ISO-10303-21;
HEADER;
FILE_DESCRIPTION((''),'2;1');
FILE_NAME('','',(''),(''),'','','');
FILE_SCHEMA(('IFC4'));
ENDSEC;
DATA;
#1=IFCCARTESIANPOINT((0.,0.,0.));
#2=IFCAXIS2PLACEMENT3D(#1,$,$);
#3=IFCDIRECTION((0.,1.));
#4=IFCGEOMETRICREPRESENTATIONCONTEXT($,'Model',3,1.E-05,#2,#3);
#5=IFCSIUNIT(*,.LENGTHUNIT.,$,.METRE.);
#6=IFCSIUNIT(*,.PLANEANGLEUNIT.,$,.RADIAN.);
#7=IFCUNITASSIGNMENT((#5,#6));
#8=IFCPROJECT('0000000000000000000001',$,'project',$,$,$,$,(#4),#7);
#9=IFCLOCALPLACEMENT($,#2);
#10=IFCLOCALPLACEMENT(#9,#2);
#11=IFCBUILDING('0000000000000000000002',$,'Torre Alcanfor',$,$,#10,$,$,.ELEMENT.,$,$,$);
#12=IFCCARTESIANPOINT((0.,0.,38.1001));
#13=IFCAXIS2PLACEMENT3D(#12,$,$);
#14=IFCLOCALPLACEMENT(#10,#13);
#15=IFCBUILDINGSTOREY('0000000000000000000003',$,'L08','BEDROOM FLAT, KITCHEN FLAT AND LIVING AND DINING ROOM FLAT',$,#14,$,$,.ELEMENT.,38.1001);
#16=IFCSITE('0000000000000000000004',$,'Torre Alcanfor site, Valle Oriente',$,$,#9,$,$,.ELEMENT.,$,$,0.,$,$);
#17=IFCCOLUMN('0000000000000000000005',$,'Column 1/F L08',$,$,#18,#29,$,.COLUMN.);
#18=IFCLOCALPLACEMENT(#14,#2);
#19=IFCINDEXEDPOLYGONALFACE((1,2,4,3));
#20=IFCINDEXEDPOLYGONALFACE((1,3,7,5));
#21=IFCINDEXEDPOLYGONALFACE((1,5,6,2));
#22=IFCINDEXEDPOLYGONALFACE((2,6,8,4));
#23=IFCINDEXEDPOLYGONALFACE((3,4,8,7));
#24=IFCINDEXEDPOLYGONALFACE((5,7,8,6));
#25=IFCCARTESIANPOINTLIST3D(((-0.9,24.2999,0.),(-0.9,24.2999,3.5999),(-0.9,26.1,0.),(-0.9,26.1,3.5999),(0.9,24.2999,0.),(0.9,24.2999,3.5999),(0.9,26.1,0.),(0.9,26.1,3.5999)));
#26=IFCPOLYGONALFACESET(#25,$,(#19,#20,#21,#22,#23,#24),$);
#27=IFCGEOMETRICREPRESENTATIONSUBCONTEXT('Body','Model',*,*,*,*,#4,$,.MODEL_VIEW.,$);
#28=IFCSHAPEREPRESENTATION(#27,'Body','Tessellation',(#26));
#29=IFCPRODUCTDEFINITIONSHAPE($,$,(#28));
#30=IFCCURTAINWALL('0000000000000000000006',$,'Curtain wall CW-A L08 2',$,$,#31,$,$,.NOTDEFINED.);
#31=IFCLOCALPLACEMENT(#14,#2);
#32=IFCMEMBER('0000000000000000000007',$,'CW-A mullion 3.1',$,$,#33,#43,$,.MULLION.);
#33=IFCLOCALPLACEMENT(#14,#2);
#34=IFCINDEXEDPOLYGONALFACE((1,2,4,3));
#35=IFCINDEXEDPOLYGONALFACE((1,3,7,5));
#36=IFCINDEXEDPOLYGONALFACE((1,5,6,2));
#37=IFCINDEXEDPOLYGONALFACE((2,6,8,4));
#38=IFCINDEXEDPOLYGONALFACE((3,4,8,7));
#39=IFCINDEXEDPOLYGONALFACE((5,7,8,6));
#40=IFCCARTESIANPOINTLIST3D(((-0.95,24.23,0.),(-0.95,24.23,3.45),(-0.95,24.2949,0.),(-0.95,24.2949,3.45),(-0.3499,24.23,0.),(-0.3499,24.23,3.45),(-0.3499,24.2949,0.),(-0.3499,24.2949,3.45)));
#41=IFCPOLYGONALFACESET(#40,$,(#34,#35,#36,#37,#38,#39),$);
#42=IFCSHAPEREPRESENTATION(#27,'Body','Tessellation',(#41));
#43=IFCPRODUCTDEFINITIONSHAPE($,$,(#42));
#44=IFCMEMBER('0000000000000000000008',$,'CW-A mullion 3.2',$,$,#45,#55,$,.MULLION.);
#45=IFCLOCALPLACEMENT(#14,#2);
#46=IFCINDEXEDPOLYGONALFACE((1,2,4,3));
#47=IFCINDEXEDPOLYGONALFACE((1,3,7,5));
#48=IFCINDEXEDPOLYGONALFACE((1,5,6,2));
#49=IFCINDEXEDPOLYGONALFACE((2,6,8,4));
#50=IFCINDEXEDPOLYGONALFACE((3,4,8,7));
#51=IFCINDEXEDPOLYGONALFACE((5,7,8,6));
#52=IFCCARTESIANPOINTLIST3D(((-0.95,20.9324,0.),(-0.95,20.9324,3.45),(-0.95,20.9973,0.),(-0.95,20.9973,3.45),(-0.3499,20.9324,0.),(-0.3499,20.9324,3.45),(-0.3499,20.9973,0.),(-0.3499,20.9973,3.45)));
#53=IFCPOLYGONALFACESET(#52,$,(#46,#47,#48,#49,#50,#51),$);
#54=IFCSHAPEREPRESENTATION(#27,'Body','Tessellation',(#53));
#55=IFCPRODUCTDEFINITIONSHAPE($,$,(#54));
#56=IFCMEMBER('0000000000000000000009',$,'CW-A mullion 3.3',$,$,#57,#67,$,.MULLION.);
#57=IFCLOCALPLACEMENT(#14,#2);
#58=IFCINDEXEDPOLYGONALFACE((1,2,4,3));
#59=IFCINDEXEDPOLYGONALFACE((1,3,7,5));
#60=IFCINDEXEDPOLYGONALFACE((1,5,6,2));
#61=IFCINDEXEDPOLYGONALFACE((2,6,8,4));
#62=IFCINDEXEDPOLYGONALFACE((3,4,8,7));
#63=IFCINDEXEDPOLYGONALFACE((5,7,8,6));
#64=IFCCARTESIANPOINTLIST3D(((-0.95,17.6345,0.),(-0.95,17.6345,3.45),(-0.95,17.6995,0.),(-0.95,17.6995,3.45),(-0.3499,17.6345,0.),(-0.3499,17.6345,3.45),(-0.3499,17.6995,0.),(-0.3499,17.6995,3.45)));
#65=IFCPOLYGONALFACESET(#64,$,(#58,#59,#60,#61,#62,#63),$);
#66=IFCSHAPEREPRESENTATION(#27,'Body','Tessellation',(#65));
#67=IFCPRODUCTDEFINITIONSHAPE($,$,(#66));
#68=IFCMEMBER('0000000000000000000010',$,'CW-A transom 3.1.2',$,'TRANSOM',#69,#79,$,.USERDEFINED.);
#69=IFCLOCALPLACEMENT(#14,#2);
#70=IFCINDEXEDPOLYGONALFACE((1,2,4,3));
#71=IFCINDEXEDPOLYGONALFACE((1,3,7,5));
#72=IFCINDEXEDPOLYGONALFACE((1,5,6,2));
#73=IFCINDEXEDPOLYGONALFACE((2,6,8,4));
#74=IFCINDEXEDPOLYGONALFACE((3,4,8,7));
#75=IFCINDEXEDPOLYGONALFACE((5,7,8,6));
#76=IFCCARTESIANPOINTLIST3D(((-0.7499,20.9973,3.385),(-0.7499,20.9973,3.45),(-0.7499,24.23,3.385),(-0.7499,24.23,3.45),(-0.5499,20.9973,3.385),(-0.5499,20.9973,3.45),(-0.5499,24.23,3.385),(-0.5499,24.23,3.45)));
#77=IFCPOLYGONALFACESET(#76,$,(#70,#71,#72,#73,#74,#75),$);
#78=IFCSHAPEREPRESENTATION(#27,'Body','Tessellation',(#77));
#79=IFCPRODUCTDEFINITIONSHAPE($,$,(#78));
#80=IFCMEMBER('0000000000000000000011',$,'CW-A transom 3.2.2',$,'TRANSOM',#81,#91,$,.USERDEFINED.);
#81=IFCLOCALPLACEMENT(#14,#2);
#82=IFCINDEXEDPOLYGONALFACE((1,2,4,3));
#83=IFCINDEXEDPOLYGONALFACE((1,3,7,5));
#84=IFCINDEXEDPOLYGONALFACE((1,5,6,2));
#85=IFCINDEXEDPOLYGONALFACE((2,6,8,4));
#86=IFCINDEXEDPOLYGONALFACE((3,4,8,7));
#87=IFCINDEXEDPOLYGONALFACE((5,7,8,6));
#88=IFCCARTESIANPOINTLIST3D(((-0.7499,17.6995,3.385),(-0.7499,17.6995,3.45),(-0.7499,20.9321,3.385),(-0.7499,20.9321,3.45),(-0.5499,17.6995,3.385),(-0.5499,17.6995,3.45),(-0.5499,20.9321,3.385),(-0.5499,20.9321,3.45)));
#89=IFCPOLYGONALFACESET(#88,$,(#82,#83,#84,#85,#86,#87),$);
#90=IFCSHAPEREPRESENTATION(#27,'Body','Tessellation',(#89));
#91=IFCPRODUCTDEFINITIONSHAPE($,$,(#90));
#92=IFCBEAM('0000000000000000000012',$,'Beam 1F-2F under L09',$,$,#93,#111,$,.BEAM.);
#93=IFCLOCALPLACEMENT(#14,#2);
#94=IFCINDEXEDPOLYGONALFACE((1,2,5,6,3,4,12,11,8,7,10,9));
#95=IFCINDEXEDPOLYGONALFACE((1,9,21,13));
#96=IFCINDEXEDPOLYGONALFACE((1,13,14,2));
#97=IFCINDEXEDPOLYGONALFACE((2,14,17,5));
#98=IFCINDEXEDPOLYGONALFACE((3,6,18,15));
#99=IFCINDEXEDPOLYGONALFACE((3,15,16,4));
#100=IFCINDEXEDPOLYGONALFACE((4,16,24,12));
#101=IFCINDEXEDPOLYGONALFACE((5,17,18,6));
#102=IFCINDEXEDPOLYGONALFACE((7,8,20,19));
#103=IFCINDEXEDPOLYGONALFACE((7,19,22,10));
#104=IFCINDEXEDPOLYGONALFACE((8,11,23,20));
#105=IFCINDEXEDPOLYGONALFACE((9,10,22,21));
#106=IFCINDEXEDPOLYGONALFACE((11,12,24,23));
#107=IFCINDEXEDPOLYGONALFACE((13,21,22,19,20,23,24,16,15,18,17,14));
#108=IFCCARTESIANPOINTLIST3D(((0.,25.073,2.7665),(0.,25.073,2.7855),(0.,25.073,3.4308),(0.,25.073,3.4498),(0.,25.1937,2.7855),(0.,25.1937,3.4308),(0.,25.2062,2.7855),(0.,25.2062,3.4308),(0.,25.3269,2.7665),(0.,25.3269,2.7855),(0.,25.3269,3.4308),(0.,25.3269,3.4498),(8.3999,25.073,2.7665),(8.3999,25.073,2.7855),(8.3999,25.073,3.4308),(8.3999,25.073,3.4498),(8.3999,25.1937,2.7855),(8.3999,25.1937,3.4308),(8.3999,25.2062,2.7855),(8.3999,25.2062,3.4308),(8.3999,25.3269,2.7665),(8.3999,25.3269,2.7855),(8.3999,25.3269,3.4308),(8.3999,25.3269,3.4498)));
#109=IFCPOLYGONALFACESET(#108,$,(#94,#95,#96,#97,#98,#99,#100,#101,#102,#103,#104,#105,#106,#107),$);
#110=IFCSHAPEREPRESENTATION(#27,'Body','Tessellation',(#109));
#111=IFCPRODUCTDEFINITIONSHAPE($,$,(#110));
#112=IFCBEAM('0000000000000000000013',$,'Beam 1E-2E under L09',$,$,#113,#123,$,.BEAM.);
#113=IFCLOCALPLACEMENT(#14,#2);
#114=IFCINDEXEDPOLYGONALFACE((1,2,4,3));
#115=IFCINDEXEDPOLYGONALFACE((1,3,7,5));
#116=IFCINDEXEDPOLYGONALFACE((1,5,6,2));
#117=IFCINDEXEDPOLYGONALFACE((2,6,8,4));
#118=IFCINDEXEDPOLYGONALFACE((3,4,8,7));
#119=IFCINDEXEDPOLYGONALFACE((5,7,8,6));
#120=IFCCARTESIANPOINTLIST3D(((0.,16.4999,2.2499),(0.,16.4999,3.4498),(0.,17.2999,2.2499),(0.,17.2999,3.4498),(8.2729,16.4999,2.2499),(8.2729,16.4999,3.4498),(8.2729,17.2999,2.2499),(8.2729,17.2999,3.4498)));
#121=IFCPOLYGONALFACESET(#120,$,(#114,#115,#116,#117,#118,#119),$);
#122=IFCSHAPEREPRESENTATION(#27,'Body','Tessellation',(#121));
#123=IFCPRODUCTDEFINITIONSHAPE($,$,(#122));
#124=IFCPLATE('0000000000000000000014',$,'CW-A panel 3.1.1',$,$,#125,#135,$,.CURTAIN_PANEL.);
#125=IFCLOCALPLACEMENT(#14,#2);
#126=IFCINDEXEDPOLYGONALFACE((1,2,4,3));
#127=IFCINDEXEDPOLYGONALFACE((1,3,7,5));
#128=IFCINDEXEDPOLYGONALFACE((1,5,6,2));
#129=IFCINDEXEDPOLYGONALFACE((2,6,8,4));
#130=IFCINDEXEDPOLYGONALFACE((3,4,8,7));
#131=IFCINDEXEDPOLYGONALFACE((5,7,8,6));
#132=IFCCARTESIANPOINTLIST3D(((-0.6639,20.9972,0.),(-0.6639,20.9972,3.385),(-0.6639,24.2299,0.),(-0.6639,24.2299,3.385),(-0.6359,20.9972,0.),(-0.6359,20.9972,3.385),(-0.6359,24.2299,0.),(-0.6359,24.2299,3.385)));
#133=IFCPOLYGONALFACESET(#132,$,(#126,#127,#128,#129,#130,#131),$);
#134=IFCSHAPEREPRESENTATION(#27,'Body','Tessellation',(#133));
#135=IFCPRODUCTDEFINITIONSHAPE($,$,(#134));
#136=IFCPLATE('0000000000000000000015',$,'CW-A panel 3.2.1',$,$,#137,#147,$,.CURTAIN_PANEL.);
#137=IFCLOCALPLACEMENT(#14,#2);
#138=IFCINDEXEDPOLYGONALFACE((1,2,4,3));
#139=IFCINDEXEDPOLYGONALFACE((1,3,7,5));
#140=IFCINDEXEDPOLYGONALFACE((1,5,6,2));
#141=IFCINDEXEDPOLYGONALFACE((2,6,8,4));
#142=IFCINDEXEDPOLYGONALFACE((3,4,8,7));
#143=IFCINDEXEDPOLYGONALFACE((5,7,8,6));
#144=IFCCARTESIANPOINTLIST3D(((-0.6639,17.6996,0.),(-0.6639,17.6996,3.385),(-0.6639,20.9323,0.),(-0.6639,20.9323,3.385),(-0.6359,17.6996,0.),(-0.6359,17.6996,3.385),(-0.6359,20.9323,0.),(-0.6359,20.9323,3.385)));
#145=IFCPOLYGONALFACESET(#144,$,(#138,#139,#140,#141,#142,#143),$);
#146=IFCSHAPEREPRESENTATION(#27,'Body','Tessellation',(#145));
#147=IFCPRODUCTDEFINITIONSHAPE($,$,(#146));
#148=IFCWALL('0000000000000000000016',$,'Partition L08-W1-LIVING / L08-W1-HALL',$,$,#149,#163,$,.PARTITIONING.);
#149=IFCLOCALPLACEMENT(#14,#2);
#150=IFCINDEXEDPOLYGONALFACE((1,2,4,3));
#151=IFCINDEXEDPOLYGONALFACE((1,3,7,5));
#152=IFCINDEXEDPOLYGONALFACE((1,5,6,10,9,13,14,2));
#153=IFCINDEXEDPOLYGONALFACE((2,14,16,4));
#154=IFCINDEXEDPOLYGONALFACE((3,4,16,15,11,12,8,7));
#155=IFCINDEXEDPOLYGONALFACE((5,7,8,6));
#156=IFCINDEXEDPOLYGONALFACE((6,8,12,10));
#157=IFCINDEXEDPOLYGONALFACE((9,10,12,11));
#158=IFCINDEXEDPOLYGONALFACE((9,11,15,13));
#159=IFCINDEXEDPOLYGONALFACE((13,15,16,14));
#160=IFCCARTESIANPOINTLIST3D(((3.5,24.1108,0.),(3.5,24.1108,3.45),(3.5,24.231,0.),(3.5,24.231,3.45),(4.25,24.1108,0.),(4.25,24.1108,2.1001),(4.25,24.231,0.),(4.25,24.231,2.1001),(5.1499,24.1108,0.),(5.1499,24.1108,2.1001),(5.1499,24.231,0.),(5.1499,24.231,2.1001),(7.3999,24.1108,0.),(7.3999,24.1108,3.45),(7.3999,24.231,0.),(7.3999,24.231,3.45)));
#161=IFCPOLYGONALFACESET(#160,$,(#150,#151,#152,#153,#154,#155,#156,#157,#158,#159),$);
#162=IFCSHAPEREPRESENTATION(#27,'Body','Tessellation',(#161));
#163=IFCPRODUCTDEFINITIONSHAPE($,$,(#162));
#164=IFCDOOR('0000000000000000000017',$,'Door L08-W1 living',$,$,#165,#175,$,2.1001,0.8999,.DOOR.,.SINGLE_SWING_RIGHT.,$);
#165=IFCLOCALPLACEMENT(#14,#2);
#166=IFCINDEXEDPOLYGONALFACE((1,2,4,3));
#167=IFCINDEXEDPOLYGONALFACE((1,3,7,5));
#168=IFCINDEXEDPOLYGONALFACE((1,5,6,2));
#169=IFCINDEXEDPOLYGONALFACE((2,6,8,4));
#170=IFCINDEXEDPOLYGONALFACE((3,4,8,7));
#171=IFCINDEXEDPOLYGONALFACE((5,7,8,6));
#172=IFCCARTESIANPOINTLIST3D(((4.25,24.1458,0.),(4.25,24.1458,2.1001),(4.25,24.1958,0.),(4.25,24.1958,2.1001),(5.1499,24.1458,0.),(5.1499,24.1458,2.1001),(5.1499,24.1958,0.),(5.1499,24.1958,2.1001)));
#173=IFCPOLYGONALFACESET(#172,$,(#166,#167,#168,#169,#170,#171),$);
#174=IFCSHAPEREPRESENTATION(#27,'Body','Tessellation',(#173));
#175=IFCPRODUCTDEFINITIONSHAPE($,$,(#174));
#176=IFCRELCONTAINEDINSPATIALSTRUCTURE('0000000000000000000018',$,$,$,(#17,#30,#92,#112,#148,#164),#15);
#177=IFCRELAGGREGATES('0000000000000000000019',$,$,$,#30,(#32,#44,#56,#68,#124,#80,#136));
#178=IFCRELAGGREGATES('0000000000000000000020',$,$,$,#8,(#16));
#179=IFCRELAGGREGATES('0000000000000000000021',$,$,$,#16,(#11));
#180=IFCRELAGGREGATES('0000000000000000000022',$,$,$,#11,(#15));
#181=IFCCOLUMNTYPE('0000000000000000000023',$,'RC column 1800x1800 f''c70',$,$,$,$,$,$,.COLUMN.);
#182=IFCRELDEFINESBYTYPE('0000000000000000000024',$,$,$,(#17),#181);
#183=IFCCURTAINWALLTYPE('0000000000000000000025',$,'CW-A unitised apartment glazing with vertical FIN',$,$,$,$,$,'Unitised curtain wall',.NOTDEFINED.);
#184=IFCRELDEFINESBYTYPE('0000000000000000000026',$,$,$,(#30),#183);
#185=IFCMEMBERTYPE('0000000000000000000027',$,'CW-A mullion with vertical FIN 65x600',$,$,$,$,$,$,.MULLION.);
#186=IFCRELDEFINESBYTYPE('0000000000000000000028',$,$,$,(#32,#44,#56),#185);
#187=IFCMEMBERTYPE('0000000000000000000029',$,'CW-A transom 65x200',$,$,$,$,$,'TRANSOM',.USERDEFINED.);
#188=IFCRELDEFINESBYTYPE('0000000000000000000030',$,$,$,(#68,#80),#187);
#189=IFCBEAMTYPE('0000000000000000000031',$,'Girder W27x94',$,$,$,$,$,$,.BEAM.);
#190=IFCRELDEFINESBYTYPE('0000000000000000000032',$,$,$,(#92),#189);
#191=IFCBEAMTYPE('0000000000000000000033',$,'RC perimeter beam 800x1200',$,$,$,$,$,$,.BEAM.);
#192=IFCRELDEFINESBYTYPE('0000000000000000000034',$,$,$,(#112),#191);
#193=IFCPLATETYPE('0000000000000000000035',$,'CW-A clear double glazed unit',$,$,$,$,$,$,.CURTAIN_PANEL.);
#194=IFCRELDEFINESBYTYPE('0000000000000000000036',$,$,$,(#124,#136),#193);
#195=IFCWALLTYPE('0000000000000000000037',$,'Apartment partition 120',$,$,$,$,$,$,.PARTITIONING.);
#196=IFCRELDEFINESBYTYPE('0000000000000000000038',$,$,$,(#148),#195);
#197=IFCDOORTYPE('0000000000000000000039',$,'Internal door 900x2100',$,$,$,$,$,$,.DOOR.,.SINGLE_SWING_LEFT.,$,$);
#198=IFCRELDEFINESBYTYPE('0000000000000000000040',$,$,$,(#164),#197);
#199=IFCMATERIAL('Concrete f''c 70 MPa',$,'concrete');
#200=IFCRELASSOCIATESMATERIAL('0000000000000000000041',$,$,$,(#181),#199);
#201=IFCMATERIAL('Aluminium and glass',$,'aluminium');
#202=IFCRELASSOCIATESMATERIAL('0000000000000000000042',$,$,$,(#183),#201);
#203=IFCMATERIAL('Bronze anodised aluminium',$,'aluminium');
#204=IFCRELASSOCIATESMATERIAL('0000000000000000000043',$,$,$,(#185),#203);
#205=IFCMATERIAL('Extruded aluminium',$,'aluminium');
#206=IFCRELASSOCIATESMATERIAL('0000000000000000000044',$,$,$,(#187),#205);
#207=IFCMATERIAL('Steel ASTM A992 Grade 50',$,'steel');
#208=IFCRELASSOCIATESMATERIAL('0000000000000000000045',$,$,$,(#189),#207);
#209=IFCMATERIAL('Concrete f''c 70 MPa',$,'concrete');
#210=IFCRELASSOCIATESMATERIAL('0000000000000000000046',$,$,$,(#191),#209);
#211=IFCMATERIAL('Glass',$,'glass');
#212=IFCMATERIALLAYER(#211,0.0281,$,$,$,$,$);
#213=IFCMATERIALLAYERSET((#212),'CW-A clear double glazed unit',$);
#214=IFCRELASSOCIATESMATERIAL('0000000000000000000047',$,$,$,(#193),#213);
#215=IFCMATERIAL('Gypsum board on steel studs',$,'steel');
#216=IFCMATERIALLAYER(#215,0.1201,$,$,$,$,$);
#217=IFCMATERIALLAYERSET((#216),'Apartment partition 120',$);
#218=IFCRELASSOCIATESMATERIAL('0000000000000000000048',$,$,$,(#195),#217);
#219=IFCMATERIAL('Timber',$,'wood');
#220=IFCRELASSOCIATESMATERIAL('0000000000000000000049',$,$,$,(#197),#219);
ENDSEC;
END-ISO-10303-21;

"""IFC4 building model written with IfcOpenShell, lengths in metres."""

from ifc_helpers import new_model, si_unit, direction, frame, frame_2d, origin, origin_2d, place, context, subcontext, project, spatial, rectangle, i_section, extrude, material, layer, layer_set, material_profile, profile_set, type_object, element, fill, aggregate, save


model = new_model("IFC4")

# Units and contexts
model_context = context("Model", 3, precision=1e-05, world=origin(), true_north=direction((0.0, 1.0)))
body_context = subcontext(model_context, "Body", "Model", "MODEL_VIEW")
ifc_project = project(units=[si_unit("LENGTHUNIT", "METRE"), si_unit("PLANEANGLEUNIT", "RADIAN")], contexts=[model_context])

# Site, building, storey
site_placement = place(None, origin())
site = spatial("IfcSite", under=ifc_project, at=site_placement, Name="Torre Alcanfor site, Valle Oriente", CompositionType="ELEMENT", RefElevation=0.0)
building_placement = place(site_placement, origin())
building = spatial("IfcBuilding", under=site, at=building_placement, Name="Torre Alcanfor", CompositionType="ELEMENT")
storey_placement = place(building_placement, frame((0.0, 0.0, 38.1001)))
storey = spatial("IfcBuildingStorey", under=building, at=storey_placement, Name="L08", Description="BEDROOM FLAT, KITCHEN FLAT AND LIVING AND DINING ROOM FLAT", CompositionType="ELEMENT", Elevation=38.1001)

# Column
ifc_material_1 = material(Name="Concrete f'c 70 MPa", Category="concrete")
ifc_material_profile_1 = material_profile(ifc_material_1, rectangle(XDim=1.8, YDim=1.8, at=origin_2d()), Name="1800x1800")
ifc_profile_set_1 = profile_set([ifc_material_profile_1], Name="Concrete f'c 70 MPa")
column_type = type_object("IfcColumnType", Name="RC column 1800x1800 f'c70", PredefinedType="COLUMN", material=ifc_profile_set_1)
column_placement = place(storey_placement, frame((0.0, 25.2, 0.0), z_axis=(0.0, 0.0, 1.0), x_axis=(1.0, 0.0, 0.0)))
element("IfcColumn", 1, at=column_placement, inside=storey, type_object=column_type, Name="Column 1/F L08", PredefinedType="COLUMN", context=body_context, shape_type="SweptSolid", body=[
    extrude(rectangle(XDim=1.8, YDim=1.8, at=origin_2d()), origin(), (0.0, 0.0, 1.0), 3.5999),
])

# Curtain wall, members
ifc_material_2 = material(Name="Aluminium and glass", Category="aluminium")
curtain_wall_type = type_object("IfcCurtainWallType", Name="CW-A unitised apartment glazing with vertical FIN", ElementType="Unitised curtain wall", PredefinedType="NOTDEFINED", material=ifc_material_2)
curtain_wall_placement = place(storey_placement, origin())
curtain_wall = element("IfcCurtainWall", 2, at=curtain_wall_placement, inside=storey, type_object=curtain_wall_type, Name="Curtain wall CW-A L08 2", PredefinedType="NOTDEFINED")
ifc_material_3 = material(Name="Bronze anodised aluminium", Category="aluminium")
ifc_material_profile_2 = material_profile(ifc_material_3, rectangle(XDim=0.6001, YDim=0.0649, at=origin_2d()), Name="CW-A mullion 65x600")
ifc_profile_set_2 = profile_set([ifc_material_profile_2], Name="Bronze anodised aluminium")
member_type_1 = type_object("IfcMemberType", Name="CW-A mullion with vertical FIN 65x600", PredefinedType="MULLION", material=ifc_profile_set_2)
member_1_placement = place(storey_placement, frame((-0.6499, 24.2625, 0.0), z_axis=(0.0, 0.0, 1.0), x_axis=(1.0, 0.0, 0.0)))
member_1 = element("IfcMember", 3, at=member_1_placement, type_object=member_type_1, Name="CW-A mullion 3.1", PredefinedType="MULLION", context=body_context, shape_type="SweptSolid", body=[
    extrude(rectangle(XDim=0.6001, YDim=0.0649, at=origin_2d()), origin(), (0.0, 0.0, 1.0), 3.45),
])
member_2_placement = place(storey_placement, frame((-0.6499, 20.9648, 0.0), z_axis=(0.0, 0.0, 1.0), x_axis=(1.0, 0.0, 0.0)))
member_2 = element("IfcMember", 4, at=member_2_placement, type_object=member_type_1, Name="CW-A mullion 3.2", PredefinedType="MULLION", context=body_context, shape_type="SweptSolid", body=[
    extrude(rectangle(XDim=0.6001, YDim=0.0649, at=origin_2d()), origin(), (0.0, 0.0, 1.0), 3.45),
])
member_3_placement = place(storey_placement, frame((-0.6499, 17.667, 0.0), z_axis=(0.0, 0.0, 1.0), x_axis=(1.0, 0.0, 0.0)))
member_3 = element("IfcMember", 5, at=member_3_placement, type_object=member_type_1, Name="CW-A mullion 3.3", PredefinedType="MULLION", context=body_context, shape_type="SweptSolid", body=[
    extrude(rectangle(XDim=0.6001, YDim=0.0649, at=origin_2d()), origin(), (0.0, 0.0, 1.0), 3.45),
])
ifc_material_4 = material(Name="Extruded aluminium", Category="aluminium")
ifc_material_profile_3 = material_profile(ifc_material_4, rectangle(XDim=0.2, YDim=0.0649, at=origin_2d()), Name="CW-A transom 200x65")
ifc_profile_set_3 = profile_set([ifc_material_profile_3], Name="Extruded aluminium")
member_type_2 = type_object("IfcMemberType", Name="CW-A transom 65x200", ElementType="TRANSOM", PredefinedType="USERDEFINED", material=ifc_profile_set_3)
member_4_placement = place(storey_placement, frame((-0.6499, 24.23, 3.4175), z_axis=(0.0, -1.0, 0.0), x_axis=(1.0, 0.0, 0.0)))
member_4 = element("IfcMember", 6, at=member_4_placement, type_object=member_type_2, Name="CW-A transom 3.1.2", ObjectType="TRANSOM", PredefinedType="USERDEFINED", context=body_context, shape_type="SweptSolid", body=[
    extrude(rectangle(XDim=0.2, YDim=0.0649, at=origin_2d()), origin(), (0.0, 0.0, 1.0), 3.2327),
])
member_5_placement = place(storey_placement, frame((-0.6499, 20.9321, 3.4175), z_axis=(0.0, -1.0, 0.0), x_axis=(1.0, 0.0, 0.0)))
member_5 = element("IfcMember", 7, at=member_5_placement, type_object=member_type_2, Name="CW-A transom 3.2.2", ObjectType="TRANSOM", PredefinedType="USERDEFINED", context=body_context, shape_type="SweptSolid", body=[
    extrude(rectangle(XDim=0.2, YDim=0.0649, at=origin_2d()), origin(), (0.0, 0.0, 1.0), 3.2327),
])

# Beams
ifc_material_5 = material(Name="Steel ASTM A992 Grade 50", Category="steel")
ifc_material_profile_4 = material_profile(ifc_material_5, i_section(OverallWidth=0.2539, OverallDepth=0.6833, WebThickness=0.0125, FlangeThickness=0.019, at=origin_2d()), Name="W27x94")
ifc_profile_set_4 = profile_set([ifc_material_profile_4], Name="Steel ASTM A992 Grade 50")
beam_type_1 = type_object("IfcBeamType", Name="Girder W27x94", PredefinedType="BEAM", material=ifc_profile_set_4)
beam_1_placement = place(storey_placement, frame((0.0, 25.2, 3.1082), z_axis=(1.0, 0.0, 0.0), x_axis=(0.0, 1.0, 0.0)))
element("IfcBeam", 8, at=beam_1_placement, inside=storey, type_object=beam_type_1, Name="Beam 1F-2F under L09", PredefinedType="BEAM", context=body_context, shape_type="SweptSolid", body=[
    extrude(i_section(OverallWidth=0.2539, OverallDepth=0.6833, WebThickness=0.0125, FlangeThickness=0.019, at=origin_2d()), origin(), (0.0, 0.0, 1.0), 8.3999),
])
ifc_material_6 = material(Name="Concrete f'c 70 MPa", Category="concrete")
ifc_material_profile_5 = material_profile(ifc_material_6, rectangle(XDim=0.8, YDim=1.2, at=origin_2d()), Name="800x1200")
ifc_profile_set_5 = profile_set([ifc_material_profile_5], Name="Concrete f'c 70 MPa")
beam_type_2 = type_object("IfcBeamType", Name="RC perimeter beam 800x1200", PredefinedType="BEAM", material=ifc_profile_set_5)
beam_2_placement = place(storey_placement, frame((0.0, 16.8999, 2.8499), z_axis=(1.0, 0.0, 0.0), x_axis=(0.0, 1.0, 0.0)))
element("IfcBeam", 9, at=beam_2_placement, inside=storey, type_object=beam_type_2, Name="Beam 1E-2E under L09", PredefinedType="BEAM", context=body_context, shape_type="SweptSolid", body=[
    extrude(rectangle(XDim=0.8, YDim=1.2, at=origin_2d()), origin(), (0.0, 0.0, 1.0), 8.2729),
])

# Plates
ifc_material_7 = material(Name="Glass", Category="glass")
ifc_layer_1 = layer(ifc_material_7, 0.0281)
ifc_layer_set_1 = layer_set([ifc_layer_1], Name="CW-A clear double glazed unit")
plate_type = type_object("IfcPlateType", Name="CW-A clear double glazed unit", PredefinedType="CURTAIN_PANEL", material=ifc_layer_set_1)
plate_1_placement = place(storey_placement, frame((-0.6499, 22.6135, 0.0), z_axis=(0.0, 0.0, 1.0), x_axis=(0.0, -1.0, 0.0)))
plate_1 = element("IfcPlate", 10, at=plate_1_placement, type_object=plate_type, Name="CW-A panel 3.1.1", PredefinedType="CURTAIN_PANEL", context=body_context, shape_type="SweptSolid", body=[
    extrude(rectangle(XDim=3.2327, YDim=0.0281, at=origin_2d()), origin(), (0.0, 0.0, 1.0), 3.385),
])
plate_2_placement = place(storey_placement, frame((-0.6499, 19.3159, 0.0), z_axis=(0.0, 0.0, 1.0), x_axis=(0.0, -1.0, 0.0)))
plate_2 = element("IfcPlate", 11, at=plate_2_placement, type_object=plate_type, Name="CW-A panel 3.2.1", PredefinedType="CURTAIN_PANEL", context=body_context, shape_type="SweptSolid", body=[
    extrude(rectangle(XDim=3.2327, YDim=0.0281, at=origin_2d()), origin(), (0.0, 0.0, 1.0), 3.385),
])
aggregate(curtain_wall, [member_1, member_2, member_3, member_4, plate_1, member_5, plate_2])

# Wall, opening, door
ifc_material_8 = material(Name="Gypsum board on steel studs", Category="steel")
ifc_layer_2 = layer(ifc_material_8, 0.1201)
ifc_layer_set_2 = layer_set([ifc_layer_2], Name="Apartment partition 120")
wall_type_1 = type_object("IfcWallType", Name="Apartment partition 120", PredefinedType="PARTITIONING", material=ifc_layer_set_2)
wall_1_placement = place(storey_placement, frame((3.5, 24.1709, 0.0), z_axis=(0.0, 0.0, 1.0), x_axis=(1.0, 0.0, 0.0)))
wall_1 = element("IfcWall", 12, at=wall_1_placement, inside=storey, type_object=wall_type_1, Name="Partition L08-W1-LIVING / L08-W1-HALL", PredefinedType="PARTITIONING", context=body_context, shape_type="SweptSolid", body=[
    extrude(rectangle(XDim=3.8999, YDim=0.1201, at=frame_2d((1.95, 0.0))), origin(), (0.0, 0.0, 1.0), 3.45),
])
opening_1_placement = place(wall_1_placement, frame((0.75, 0.0, 0.0)))
opening_1 = element("IfcOpeningElement", 13, at=opening_1_placement, cuts=wall_1, PredefinedType="OPENING", context=body_context, shape_type="SweptSolid", body=[
    extrude(rectangle(XDim=0.8999, YDim=2.1001, at=frame_2d((0.45, 1.05))), frame((0.0, 0.0701, 0.0), z_axis=(0.0, -1.0, 0.0), x_axis=(1.0, 0.0, 0.0)), (0.0, 0.0, 1.0), 0.1401),
])
ifc_material_9 = material(Name="Timber", Category="wood")
door_type_1 = type_object("IfcDoorType", Name="Internal door 900x2100", OperationType="SINGLE_SWING_LEFT", PredefinedType="DOOR", material=ifc_material_9)
door_1_placement = place(opening_1_placement, origin())
door_1 = element("IfcDoor", 14, at=door_1_placement, inside=storey, type_object=door_type_1, Name="Door L08-W1 living", OperationType="SINGLE_SWING_RIGHT", OverallHeight=2.1001, OverallWidth=0.8999, PredefinedType="DOOR", context=body_context, shape_type="SweptSolid", body=[
    extrude(rectangle(XDim=0.8999, YDim=2.1001, at=frame_2d((0.45, 1.05))), frame((0.0, 0.0249, 0.0), z_axis=(0.0, -1.0, 0.0), x_axis=(1.0, 0.0, 0.0)), (0.0, 0.0, 1.0), 0.05),
])
fill(opening_1, door_1)

save(model, "model.ifc")
